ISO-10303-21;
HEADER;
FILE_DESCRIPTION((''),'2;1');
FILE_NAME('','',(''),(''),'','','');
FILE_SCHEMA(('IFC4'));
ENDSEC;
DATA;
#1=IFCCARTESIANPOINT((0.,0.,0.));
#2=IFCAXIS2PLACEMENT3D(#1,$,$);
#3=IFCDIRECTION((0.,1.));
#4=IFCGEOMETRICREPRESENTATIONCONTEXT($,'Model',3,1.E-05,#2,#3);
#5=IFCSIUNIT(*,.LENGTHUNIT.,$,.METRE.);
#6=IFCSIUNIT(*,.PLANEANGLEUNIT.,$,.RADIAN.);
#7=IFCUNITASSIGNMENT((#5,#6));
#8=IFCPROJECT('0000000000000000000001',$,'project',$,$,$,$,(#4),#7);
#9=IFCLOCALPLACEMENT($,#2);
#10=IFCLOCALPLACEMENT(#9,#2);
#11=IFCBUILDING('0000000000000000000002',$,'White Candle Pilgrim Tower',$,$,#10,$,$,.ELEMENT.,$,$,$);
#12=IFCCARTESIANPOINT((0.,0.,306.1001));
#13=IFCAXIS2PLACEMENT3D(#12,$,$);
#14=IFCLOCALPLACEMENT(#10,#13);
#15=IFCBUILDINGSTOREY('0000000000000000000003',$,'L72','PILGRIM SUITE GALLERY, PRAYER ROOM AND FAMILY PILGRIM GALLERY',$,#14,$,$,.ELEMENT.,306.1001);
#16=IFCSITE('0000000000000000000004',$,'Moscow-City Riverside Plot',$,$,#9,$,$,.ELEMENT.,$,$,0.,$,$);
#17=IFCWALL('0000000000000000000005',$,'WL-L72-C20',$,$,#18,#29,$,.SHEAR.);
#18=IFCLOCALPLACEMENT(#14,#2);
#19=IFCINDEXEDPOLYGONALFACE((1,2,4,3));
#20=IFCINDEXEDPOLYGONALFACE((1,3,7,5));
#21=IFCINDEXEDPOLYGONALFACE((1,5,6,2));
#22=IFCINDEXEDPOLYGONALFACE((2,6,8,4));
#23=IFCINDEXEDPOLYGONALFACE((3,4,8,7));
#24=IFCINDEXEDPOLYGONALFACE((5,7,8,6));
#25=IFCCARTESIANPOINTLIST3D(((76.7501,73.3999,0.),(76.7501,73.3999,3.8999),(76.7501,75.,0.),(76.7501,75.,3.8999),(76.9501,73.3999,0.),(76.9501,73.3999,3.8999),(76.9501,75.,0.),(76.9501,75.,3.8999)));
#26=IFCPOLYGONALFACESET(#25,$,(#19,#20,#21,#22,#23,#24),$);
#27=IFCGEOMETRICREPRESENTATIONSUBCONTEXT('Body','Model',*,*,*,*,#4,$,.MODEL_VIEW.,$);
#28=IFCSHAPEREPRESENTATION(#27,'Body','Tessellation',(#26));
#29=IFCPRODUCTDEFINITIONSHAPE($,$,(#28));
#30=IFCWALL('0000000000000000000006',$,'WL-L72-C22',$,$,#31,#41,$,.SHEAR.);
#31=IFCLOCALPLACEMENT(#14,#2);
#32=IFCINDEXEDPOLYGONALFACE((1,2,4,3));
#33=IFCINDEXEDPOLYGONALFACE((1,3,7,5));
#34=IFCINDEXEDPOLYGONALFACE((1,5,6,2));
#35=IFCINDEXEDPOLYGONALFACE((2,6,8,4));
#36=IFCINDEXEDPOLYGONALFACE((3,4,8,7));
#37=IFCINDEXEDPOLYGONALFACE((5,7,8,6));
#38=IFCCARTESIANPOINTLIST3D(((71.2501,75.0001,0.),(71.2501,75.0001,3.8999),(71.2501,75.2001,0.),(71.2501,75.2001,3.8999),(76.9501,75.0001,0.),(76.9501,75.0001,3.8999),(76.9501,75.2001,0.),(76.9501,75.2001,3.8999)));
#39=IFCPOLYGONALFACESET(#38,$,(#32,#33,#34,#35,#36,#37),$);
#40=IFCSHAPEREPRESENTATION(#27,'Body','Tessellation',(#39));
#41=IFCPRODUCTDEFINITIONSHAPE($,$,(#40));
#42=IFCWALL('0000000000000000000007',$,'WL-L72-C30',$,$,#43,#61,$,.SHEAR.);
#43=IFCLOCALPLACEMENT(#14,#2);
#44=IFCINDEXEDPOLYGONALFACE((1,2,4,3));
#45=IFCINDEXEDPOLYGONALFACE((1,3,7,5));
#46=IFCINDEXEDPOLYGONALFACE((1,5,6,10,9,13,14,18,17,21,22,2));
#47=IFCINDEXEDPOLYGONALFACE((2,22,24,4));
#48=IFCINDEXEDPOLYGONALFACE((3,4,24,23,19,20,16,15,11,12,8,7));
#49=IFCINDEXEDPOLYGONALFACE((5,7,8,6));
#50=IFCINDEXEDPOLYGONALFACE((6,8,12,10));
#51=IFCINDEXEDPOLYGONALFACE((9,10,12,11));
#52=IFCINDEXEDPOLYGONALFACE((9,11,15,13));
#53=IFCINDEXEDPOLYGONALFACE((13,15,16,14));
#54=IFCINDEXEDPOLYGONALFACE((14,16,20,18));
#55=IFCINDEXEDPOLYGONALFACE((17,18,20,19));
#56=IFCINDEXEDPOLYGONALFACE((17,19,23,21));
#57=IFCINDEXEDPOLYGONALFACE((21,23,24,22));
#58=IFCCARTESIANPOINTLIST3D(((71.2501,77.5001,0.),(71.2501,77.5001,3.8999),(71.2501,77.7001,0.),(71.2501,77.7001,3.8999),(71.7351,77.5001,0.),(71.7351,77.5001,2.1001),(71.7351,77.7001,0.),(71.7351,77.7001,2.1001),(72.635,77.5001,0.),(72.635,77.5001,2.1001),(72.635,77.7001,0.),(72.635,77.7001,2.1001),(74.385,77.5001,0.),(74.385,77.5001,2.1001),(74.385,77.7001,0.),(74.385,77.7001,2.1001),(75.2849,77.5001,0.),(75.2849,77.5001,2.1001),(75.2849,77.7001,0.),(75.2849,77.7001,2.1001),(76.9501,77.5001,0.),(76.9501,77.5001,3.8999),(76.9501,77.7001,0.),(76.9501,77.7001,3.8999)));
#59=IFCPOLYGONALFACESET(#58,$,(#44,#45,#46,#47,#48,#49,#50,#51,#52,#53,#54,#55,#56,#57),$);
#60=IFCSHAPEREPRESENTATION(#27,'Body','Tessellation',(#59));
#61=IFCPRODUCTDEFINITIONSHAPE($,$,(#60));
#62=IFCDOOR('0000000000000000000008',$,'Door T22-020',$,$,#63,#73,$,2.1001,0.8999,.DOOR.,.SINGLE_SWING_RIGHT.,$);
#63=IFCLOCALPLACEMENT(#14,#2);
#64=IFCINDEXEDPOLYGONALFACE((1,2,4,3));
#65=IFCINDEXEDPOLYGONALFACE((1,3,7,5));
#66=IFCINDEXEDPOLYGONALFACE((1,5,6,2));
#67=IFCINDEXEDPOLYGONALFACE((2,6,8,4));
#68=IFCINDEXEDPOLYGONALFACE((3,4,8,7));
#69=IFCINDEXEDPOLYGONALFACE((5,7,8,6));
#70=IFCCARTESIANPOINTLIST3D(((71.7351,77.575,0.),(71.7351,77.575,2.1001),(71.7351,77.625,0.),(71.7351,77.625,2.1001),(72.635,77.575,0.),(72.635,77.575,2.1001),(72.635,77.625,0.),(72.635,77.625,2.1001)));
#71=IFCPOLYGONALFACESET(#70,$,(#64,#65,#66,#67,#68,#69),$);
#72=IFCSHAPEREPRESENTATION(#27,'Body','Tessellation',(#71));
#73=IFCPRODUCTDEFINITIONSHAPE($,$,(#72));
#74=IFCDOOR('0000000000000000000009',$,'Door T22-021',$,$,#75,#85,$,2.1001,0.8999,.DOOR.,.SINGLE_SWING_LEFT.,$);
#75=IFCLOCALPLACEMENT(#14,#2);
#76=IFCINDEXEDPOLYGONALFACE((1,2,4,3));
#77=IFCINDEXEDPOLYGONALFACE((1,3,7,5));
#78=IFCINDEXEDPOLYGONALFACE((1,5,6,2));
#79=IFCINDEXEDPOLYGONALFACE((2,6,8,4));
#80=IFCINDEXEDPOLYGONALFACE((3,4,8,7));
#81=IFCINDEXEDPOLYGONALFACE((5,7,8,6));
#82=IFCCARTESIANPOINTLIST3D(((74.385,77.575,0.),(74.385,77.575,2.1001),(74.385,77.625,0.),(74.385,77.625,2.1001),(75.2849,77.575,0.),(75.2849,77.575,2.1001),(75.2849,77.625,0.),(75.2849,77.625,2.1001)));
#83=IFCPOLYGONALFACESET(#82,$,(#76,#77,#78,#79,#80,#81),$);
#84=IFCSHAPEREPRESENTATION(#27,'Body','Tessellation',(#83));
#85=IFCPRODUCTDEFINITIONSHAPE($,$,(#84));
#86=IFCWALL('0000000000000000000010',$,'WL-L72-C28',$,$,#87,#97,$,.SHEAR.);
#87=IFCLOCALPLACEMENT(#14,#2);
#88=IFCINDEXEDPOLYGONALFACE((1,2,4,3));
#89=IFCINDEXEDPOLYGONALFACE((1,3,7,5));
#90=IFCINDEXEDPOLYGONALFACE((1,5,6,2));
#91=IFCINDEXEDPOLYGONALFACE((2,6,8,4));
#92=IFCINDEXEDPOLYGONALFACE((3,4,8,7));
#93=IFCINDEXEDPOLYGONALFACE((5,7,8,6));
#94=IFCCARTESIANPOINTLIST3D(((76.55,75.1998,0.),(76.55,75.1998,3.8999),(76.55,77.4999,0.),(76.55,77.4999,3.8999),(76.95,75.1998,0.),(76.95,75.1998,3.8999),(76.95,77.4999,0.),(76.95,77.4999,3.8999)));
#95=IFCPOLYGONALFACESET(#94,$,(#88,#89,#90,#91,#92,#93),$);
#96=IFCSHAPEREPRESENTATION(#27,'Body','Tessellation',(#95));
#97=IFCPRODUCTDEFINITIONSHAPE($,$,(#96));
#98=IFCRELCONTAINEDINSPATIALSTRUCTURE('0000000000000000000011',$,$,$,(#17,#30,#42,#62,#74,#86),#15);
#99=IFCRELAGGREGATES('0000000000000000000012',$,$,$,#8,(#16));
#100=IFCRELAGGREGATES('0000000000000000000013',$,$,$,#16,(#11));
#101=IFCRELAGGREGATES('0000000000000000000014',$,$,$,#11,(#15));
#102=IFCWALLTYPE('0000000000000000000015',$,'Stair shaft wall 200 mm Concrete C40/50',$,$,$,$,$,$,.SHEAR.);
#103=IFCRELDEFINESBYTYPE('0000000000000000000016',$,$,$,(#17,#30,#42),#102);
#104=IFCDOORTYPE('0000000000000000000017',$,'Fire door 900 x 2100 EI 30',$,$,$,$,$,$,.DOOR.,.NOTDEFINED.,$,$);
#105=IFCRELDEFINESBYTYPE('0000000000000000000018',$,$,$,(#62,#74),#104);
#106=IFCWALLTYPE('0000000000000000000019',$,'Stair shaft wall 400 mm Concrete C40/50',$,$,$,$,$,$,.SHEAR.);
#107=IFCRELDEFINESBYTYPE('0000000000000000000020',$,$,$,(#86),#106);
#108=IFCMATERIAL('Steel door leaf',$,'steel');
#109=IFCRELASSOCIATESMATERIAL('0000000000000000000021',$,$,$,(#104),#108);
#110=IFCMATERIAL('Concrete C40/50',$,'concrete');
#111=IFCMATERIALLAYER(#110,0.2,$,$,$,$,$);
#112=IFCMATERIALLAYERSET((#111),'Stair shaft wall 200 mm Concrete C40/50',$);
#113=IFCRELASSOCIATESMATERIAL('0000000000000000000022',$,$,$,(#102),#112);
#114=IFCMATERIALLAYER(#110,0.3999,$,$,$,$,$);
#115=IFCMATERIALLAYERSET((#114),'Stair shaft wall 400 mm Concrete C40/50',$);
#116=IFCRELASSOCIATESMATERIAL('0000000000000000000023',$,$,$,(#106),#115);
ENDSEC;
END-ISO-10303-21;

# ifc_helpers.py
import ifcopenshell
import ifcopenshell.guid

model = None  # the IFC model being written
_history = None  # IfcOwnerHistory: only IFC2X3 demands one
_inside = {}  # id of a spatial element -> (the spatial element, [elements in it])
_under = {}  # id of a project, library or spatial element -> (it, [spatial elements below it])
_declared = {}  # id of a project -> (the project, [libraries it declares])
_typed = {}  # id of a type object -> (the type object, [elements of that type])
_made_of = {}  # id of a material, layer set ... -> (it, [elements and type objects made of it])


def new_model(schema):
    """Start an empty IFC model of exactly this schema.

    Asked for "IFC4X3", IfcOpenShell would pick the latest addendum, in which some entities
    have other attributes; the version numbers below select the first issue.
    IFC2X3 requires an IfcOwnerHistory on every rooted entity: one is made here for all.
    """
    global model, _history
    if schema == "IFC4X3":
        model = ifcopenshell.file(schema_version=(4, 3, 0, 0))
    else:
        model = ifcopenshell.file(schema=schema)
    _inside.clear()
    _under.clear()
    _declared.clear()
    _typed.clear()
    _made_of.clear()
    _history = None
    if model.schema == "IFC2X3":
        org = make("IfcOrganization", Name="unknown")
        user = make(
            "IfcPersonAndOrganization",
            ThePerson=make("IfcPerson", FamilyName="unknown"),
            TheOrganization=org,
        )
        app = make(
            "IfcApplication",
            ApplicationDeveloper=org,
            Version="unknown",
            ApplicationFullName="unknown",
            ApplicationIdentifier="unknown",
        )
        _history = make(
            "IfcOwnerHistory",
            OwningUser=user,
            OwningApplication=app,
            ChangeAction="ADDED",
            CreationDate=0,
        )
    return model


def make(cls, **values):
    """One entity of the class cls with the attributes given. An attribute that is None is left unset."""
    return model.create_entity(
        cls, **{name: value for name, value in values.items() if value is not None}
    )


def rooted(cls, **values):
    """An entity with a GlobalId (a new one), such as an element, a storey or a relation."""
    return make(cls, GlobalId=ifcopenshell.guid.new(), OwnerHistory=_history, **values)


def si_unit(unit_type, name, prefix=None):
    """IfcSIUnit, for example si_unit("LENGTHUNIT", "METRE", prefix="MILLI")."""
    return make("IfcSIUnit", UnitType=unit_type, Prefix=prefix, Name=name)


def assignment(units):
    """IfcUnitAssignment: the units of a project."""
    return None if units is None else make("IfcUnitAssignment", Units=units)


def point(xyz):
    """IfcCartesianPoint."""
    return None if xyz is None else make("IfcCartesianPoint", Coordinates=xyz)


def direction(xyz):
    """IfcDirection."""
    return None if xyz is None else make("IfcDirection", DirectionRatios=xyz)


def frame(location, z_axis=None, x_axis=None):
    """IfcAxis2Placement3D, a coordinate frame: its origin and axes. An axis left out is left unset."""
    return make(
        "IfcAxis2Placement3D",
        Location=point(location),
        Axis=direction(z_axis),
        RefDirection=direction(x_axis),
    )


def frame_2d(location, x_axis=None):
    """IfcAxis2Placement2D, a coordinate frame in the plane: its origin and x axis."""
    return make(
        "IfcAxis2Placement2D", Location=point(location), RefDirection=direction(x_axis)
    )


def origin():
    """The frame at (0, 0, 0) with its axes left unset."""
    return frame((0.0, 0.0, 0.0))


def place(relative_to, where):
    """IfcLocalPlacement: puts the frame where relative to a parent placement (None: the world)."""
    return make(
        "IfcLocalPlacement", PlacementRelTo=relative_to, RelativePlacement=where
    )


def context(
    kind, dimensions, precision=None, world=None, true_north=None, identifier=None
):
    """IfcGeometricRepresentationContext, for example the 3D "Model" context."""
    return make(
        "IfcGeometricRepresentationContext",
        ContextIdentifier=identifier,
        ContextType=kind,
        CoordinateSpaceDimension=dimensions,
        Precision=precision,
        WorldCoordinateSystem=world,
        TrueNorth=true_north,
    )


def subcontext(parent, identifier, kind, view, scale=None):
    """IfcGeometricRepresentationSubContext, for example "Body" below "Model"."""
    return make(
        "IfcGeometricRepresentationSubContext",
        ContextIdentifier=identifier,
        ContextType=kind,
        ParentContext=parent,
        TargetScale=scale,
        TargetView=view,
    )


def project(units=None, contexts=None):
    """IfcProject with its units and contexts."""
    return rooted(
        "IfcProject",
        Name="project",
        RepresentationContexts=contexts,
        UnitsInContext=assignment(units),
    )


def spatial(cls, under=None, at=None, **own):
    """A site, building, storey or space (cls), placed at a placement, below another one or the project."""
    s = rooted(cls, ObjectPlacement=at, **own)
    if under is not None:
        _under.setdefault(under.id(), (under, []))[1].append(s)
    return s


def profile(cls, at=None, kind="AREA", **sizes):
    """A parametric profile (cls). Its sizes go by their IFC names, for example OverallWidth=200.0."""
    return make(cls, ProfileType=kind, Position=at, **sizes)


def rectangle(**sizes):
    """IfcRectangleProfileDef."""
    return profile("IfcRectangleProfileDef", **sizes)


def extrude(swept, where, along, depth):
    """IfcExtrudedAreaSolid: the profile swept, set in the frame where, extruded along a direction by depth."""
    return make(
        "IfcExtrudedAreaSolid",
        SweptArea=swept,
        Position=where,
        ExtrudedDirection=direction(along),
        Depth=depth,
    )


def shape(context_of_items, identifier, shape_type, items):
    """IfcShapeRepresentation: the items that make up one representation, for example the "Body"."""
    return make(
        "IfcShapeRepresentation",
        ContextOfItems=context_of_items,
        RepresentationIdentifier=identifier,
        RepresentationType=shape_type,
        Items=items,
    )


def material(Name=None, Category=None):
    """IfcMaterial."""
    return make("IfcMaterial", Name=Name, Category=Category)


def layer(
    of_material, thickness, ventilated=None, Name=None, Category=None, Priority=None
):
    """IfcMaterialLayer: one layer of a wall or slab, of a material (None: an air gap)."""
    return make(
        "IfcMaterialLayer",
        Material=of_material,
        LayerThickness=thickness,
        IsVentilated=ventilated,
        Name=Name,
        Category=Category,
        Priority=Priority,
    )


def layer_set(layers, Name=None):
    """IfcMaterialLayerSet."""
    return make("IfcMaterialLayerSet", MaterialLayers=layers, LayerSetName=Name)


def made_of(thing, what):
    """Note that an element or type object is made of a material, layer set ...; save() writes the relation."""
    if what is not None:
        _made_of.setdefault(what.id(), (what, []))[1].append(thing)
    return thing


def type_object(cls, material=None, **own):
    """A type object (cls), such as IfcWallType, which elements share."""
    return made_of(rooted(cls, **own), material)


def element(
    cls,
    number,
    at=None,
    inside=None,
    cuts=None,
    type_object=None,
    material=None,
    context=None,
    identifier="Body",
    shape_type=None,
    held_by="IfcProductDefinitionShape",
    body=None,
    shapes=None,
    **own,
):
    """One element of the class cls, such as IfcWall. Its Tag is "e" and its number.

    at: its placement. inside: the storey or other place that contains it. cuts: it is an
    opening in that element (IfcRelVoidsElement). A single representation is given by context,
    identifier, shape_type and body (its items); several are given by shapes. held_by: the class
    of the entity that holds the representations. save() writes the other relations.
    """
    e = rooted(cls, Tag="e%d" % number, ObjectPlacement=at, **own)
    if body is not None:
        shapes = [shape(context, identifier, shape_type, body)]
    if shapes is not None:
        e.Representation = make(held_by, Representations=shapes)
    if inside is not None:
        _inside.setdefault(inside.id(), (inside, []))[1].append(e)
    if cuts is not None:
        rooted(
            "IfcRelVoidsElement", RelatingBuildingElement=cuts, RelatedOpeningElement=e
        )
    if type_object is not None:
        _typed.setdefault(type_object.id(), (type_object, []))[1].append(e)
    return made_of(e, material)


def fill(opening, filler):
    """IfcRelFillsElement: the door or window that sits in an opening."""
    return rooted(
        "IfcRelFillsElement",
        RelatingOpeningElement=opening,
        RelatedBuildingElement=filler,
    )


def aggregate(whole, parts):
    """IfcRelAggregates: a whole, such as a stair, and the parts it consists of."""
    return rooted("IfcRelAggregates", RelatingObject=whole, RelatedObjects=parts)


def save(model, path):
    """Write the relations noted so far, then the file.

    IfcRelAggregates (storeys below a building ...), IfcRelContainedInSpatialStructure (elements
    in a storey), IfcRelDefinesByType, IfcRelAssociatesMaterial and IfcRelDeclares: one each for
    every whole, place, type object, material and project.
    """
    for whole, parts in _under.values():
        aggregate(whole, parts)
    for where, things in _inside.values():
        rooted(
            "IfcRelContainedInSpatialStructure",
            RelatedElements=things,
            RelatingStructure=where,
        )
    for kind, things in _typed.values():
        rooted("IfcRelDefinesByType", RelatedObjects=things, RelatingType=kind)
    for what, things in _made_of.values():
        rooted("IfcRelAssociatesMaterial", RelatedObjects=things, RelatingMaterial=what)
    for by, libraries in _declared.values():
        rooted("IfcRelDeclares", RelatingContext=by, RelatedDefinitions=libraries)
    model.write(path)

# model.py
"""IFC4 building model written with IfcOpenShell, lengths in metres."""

from ifc_helpers import new_model, si_unit, direction, frame, frame_2d, origin, place, context, subcontext, project, spatial, rectangle, extrude, material, layer, layer_set, type_object, element, fill, save


model = new_model("IFC4")

# Units and contexts
model_context = context("Model", 3, precision=1e-05, world=origin(), true_north=direction((0.0, 1.0)))
body_context = subcontext(model_context, "Body", "Model", "MODEL_VIEW")
ifc_project = project(units=[si_unit("LENGTHUNIT", "METRE"), si_unit("PLANEANGLEUNIT", "RADIAN")], contexts=[model_context])

# Site, building, storey
site_placement = place(None, origin())
site = spatial("IfcSite", under=ifc_project, at=site_placement, Name="Moscow-City Riverside Plot", CompositionType="ELEMENT", RefElevation=0.0)
building_placement = place(site_placement, origin())
building = spatial("IfcBuilding", under=site, at=building_placement, Name="White Candle Pilgrim Tower", CompositionType="ELEMENT")
storey_placement = place(building_placement, frame((0.0, 0.0, 306.1001)))
storey = spatial("IfcBuildingStorey", under=building, at=storey_placement, Name="L72", Description="PILGRIM SUITE GALLERY, PRAYER ROOM AND FAMILY PILGRIM GALLERY", CompositionType="ELEMENT", Elevation=306.1001)

# Shared definitions
ifc_material_1 = material(Name="Steel door leaf", Category="steel")
door_type = type_object("IfcDoorType", Name="Fire door 900 x 2100 EI 30", OperationType="NOTDEFINED", PredefinedType="DOOR", material=ifc_material_1)

# Walls
ifc_material_2 = material(Name="Concrete C40/50", Category="concrete")
ifc_layer_1 = layer(ifc_material_2, 0.2)
ifc_layer_set_1 = layer_set([ifc_layer_1], Name="Stair shaft wall 200 mm Concrete C40/50")
wall_type_1 = type_object("IfcWallType", Name="Stair shaft wall 200 mm Concrete C40/50", PredefinedType="SHEAR", material=ifc_layer_set_1)
wall_1_placement = place(storey_placement, frame((76.8501, 73.3999, 0.0), z_axis=(0.0, 0.0, 1.0), x_axis=(0.0, 1.0, 0.0)))
element("IfcWall", 1, at=wall_1_placement, inside=storey, type_object=wall_type_1, Name="WL-L72-C20", PredefinedType="SHEAR", context=body_context, shape_type="SweptSolid", body=[
    extrude(rectangle(XDim=1.6001, YDim=0.2, at=frame_2d((0.8, 0.0))), origin(), (0.0, 0.0, 1.0), 3.8999),
])
wall_2_placement = place(storey_placement, frame((71.25, 75.1001, 0.0), z_axis=(0.0, 0.0, 1.0), x_axis=(1.0, 0.0, 0.0)))
element("IfcWall", 2, at=wall_2_placement, inside=storey, type_object=wall_type_1, Name="WL-L72-C22", PredefinedType="SHEAR", context=body_context, shape_type="SweptSolid", body=[
    extrude(rectangle(XDim=5.7, YDim=0.2, at=frame_2d((2.8501, 0.0))), origin(), (0.0, 0.0, 1.0), 3.8999),
])

# Wall, openings, doors
wall_3_placement = place(storey_placement, frame((71.25, 77.6001, 0.0), z_axis=(0.0, 0.0, 1.0), x_axis=(1.0, 0.0, 0.0)))
wall_3 = element("IfcWall", 3, at=wall_3_placement, inside=storey, type_object=wall_type_1, Name="WL-L72-C30", PredefinedType="SHEAR", context=body_context, shape_type="SweptSolid", body=[
    extrude(rectangle(XDim=5.7, YDim=0.2, at=frame_2d((2.8501, 0.0))), origin(), (0.0, 0.0, 1.0), 3.8999),
])
opening_1_placement = place(wall_3_placement, frame((0.4851, 0.0, 0.0)))
opening_1 = element("IfcOpeningElement", 4, at=opening_1_placement, cuts=wall_3, PredefinedType="OPENING", context=body_context, shape_type="SweptSolid", body=[
    extrude(rectangle(XDim=0.8999, YDim=2.1001, at=frame_2d((0.45, 1.05))), frame((0.0, 0.1099, 0.0), z_axis=(0.0, -1.0, 0.0), x_axis=(1.0, 0.0, 0.0)), (0.0, 0.0, 1.0), 0.22),
])
opening_2_placement = place(wall_3_placement, frame((3.135, 0.0, 0.0)))
opening_2 = element("IfcOpeningElement", 5, at=opening_2_placement, cuts=wall_3, PredefinedType="OPENING", context=body_context, shape_type="SweptSolid", body=[
    extrude(rectangle(XDim=0.8999, YDim=2.1001, at=frame_2d((0.45, 1.05))), frame((0.0, 0.1099, 0.0), z_axis=(0.0, -1.0, 0.0), x_axis=(1.0, 0.0, 0.0)), (0.0, 0.0, 1.0), 0.22),
])
door_1_placement = place(opening_1_placement, origin())
door_1 = element("IfcDoor", 6, at=door_1_placement, inside=storey, type_object=door_type, Name="Door T22-020", OperationType="SINGLE_SWING_RIGHT", OverallHeight=2.1001, OverallWidth=0.8999, PredefinedType="DOOR", context=body_context, shape_type="SweptSolid", body=[
    extrude(rectangle(XDim=0.8999, YDim=2.1001, at=frame_2d((0.45, 1.05))), frame((0.0, 0.0249, 0.0), z_axis=(0.0, -1.0, 0.0), x_axis=(1.0, 0.0, 0.0)), (0.0, 0.0, 1.0), 0.05),
])
fill(opening_1, door_1)
door_2_placement = place(opening_2_placement, origin())
door_2 = element("IfcDoor", 7, at=door_2_placement, inside=storey, type_object=door_type, Name="Door T22-021", OperationType="SINGLE_SWING_LEFT", OverallHeight=2.1001, OverallWidth=0.8999, PredefinedType="DOOR", context=body_context, shape_type="SweptSolid", body=[
    extrude(rectangle(XDim=0.8999, YDim=2.1001, at=frame_2d((0.45, 1.05))), frame((0.0, 0.0249, 0.0), z_axis=(0.0, -1.0, 0.0), x_axis=(1.0, 0.0, 0.0)), (0.0, 0.0, 1.0), 0.05),
])
fill(opening_2, door_2)

# Wall
ifc_layer_2 = layer(ifc_material_2, 0.3999)
ifc_layer_set_2 = layer_set([ifc_layer_2], Name="Stair shaft wall 400 mm Concrete C40/50")
wall_type_2 = type_object("IfcWallType", Name="Stair shaft wall 400 mm Concrete C40/50", PredefinedType="SHEAR", material=ifc_layer_set_2)
wall_4_placement = place(storey_placement, frame((76.75, 75.2, 0.0), z_axis=(0.0, 0.0, 1.0), x_axis=(0.0, 1.0, 0.0)))
element("IfcWall", 8, at=wall_4_placement, inside=storey, type_object=wall_type_2, Name="WL-L72-C28", PredefinedType="SHEAR", context=body_context, shape_type="SweptSolid", body=[
    extrude(rectangle(XDim=2.3, YDim=0.3999, at=frame_2d((1.1499, 0.0))), origin(), (0.0, 0.0, 1.0), 3.8999),
])

save(model, "model.ifc")
